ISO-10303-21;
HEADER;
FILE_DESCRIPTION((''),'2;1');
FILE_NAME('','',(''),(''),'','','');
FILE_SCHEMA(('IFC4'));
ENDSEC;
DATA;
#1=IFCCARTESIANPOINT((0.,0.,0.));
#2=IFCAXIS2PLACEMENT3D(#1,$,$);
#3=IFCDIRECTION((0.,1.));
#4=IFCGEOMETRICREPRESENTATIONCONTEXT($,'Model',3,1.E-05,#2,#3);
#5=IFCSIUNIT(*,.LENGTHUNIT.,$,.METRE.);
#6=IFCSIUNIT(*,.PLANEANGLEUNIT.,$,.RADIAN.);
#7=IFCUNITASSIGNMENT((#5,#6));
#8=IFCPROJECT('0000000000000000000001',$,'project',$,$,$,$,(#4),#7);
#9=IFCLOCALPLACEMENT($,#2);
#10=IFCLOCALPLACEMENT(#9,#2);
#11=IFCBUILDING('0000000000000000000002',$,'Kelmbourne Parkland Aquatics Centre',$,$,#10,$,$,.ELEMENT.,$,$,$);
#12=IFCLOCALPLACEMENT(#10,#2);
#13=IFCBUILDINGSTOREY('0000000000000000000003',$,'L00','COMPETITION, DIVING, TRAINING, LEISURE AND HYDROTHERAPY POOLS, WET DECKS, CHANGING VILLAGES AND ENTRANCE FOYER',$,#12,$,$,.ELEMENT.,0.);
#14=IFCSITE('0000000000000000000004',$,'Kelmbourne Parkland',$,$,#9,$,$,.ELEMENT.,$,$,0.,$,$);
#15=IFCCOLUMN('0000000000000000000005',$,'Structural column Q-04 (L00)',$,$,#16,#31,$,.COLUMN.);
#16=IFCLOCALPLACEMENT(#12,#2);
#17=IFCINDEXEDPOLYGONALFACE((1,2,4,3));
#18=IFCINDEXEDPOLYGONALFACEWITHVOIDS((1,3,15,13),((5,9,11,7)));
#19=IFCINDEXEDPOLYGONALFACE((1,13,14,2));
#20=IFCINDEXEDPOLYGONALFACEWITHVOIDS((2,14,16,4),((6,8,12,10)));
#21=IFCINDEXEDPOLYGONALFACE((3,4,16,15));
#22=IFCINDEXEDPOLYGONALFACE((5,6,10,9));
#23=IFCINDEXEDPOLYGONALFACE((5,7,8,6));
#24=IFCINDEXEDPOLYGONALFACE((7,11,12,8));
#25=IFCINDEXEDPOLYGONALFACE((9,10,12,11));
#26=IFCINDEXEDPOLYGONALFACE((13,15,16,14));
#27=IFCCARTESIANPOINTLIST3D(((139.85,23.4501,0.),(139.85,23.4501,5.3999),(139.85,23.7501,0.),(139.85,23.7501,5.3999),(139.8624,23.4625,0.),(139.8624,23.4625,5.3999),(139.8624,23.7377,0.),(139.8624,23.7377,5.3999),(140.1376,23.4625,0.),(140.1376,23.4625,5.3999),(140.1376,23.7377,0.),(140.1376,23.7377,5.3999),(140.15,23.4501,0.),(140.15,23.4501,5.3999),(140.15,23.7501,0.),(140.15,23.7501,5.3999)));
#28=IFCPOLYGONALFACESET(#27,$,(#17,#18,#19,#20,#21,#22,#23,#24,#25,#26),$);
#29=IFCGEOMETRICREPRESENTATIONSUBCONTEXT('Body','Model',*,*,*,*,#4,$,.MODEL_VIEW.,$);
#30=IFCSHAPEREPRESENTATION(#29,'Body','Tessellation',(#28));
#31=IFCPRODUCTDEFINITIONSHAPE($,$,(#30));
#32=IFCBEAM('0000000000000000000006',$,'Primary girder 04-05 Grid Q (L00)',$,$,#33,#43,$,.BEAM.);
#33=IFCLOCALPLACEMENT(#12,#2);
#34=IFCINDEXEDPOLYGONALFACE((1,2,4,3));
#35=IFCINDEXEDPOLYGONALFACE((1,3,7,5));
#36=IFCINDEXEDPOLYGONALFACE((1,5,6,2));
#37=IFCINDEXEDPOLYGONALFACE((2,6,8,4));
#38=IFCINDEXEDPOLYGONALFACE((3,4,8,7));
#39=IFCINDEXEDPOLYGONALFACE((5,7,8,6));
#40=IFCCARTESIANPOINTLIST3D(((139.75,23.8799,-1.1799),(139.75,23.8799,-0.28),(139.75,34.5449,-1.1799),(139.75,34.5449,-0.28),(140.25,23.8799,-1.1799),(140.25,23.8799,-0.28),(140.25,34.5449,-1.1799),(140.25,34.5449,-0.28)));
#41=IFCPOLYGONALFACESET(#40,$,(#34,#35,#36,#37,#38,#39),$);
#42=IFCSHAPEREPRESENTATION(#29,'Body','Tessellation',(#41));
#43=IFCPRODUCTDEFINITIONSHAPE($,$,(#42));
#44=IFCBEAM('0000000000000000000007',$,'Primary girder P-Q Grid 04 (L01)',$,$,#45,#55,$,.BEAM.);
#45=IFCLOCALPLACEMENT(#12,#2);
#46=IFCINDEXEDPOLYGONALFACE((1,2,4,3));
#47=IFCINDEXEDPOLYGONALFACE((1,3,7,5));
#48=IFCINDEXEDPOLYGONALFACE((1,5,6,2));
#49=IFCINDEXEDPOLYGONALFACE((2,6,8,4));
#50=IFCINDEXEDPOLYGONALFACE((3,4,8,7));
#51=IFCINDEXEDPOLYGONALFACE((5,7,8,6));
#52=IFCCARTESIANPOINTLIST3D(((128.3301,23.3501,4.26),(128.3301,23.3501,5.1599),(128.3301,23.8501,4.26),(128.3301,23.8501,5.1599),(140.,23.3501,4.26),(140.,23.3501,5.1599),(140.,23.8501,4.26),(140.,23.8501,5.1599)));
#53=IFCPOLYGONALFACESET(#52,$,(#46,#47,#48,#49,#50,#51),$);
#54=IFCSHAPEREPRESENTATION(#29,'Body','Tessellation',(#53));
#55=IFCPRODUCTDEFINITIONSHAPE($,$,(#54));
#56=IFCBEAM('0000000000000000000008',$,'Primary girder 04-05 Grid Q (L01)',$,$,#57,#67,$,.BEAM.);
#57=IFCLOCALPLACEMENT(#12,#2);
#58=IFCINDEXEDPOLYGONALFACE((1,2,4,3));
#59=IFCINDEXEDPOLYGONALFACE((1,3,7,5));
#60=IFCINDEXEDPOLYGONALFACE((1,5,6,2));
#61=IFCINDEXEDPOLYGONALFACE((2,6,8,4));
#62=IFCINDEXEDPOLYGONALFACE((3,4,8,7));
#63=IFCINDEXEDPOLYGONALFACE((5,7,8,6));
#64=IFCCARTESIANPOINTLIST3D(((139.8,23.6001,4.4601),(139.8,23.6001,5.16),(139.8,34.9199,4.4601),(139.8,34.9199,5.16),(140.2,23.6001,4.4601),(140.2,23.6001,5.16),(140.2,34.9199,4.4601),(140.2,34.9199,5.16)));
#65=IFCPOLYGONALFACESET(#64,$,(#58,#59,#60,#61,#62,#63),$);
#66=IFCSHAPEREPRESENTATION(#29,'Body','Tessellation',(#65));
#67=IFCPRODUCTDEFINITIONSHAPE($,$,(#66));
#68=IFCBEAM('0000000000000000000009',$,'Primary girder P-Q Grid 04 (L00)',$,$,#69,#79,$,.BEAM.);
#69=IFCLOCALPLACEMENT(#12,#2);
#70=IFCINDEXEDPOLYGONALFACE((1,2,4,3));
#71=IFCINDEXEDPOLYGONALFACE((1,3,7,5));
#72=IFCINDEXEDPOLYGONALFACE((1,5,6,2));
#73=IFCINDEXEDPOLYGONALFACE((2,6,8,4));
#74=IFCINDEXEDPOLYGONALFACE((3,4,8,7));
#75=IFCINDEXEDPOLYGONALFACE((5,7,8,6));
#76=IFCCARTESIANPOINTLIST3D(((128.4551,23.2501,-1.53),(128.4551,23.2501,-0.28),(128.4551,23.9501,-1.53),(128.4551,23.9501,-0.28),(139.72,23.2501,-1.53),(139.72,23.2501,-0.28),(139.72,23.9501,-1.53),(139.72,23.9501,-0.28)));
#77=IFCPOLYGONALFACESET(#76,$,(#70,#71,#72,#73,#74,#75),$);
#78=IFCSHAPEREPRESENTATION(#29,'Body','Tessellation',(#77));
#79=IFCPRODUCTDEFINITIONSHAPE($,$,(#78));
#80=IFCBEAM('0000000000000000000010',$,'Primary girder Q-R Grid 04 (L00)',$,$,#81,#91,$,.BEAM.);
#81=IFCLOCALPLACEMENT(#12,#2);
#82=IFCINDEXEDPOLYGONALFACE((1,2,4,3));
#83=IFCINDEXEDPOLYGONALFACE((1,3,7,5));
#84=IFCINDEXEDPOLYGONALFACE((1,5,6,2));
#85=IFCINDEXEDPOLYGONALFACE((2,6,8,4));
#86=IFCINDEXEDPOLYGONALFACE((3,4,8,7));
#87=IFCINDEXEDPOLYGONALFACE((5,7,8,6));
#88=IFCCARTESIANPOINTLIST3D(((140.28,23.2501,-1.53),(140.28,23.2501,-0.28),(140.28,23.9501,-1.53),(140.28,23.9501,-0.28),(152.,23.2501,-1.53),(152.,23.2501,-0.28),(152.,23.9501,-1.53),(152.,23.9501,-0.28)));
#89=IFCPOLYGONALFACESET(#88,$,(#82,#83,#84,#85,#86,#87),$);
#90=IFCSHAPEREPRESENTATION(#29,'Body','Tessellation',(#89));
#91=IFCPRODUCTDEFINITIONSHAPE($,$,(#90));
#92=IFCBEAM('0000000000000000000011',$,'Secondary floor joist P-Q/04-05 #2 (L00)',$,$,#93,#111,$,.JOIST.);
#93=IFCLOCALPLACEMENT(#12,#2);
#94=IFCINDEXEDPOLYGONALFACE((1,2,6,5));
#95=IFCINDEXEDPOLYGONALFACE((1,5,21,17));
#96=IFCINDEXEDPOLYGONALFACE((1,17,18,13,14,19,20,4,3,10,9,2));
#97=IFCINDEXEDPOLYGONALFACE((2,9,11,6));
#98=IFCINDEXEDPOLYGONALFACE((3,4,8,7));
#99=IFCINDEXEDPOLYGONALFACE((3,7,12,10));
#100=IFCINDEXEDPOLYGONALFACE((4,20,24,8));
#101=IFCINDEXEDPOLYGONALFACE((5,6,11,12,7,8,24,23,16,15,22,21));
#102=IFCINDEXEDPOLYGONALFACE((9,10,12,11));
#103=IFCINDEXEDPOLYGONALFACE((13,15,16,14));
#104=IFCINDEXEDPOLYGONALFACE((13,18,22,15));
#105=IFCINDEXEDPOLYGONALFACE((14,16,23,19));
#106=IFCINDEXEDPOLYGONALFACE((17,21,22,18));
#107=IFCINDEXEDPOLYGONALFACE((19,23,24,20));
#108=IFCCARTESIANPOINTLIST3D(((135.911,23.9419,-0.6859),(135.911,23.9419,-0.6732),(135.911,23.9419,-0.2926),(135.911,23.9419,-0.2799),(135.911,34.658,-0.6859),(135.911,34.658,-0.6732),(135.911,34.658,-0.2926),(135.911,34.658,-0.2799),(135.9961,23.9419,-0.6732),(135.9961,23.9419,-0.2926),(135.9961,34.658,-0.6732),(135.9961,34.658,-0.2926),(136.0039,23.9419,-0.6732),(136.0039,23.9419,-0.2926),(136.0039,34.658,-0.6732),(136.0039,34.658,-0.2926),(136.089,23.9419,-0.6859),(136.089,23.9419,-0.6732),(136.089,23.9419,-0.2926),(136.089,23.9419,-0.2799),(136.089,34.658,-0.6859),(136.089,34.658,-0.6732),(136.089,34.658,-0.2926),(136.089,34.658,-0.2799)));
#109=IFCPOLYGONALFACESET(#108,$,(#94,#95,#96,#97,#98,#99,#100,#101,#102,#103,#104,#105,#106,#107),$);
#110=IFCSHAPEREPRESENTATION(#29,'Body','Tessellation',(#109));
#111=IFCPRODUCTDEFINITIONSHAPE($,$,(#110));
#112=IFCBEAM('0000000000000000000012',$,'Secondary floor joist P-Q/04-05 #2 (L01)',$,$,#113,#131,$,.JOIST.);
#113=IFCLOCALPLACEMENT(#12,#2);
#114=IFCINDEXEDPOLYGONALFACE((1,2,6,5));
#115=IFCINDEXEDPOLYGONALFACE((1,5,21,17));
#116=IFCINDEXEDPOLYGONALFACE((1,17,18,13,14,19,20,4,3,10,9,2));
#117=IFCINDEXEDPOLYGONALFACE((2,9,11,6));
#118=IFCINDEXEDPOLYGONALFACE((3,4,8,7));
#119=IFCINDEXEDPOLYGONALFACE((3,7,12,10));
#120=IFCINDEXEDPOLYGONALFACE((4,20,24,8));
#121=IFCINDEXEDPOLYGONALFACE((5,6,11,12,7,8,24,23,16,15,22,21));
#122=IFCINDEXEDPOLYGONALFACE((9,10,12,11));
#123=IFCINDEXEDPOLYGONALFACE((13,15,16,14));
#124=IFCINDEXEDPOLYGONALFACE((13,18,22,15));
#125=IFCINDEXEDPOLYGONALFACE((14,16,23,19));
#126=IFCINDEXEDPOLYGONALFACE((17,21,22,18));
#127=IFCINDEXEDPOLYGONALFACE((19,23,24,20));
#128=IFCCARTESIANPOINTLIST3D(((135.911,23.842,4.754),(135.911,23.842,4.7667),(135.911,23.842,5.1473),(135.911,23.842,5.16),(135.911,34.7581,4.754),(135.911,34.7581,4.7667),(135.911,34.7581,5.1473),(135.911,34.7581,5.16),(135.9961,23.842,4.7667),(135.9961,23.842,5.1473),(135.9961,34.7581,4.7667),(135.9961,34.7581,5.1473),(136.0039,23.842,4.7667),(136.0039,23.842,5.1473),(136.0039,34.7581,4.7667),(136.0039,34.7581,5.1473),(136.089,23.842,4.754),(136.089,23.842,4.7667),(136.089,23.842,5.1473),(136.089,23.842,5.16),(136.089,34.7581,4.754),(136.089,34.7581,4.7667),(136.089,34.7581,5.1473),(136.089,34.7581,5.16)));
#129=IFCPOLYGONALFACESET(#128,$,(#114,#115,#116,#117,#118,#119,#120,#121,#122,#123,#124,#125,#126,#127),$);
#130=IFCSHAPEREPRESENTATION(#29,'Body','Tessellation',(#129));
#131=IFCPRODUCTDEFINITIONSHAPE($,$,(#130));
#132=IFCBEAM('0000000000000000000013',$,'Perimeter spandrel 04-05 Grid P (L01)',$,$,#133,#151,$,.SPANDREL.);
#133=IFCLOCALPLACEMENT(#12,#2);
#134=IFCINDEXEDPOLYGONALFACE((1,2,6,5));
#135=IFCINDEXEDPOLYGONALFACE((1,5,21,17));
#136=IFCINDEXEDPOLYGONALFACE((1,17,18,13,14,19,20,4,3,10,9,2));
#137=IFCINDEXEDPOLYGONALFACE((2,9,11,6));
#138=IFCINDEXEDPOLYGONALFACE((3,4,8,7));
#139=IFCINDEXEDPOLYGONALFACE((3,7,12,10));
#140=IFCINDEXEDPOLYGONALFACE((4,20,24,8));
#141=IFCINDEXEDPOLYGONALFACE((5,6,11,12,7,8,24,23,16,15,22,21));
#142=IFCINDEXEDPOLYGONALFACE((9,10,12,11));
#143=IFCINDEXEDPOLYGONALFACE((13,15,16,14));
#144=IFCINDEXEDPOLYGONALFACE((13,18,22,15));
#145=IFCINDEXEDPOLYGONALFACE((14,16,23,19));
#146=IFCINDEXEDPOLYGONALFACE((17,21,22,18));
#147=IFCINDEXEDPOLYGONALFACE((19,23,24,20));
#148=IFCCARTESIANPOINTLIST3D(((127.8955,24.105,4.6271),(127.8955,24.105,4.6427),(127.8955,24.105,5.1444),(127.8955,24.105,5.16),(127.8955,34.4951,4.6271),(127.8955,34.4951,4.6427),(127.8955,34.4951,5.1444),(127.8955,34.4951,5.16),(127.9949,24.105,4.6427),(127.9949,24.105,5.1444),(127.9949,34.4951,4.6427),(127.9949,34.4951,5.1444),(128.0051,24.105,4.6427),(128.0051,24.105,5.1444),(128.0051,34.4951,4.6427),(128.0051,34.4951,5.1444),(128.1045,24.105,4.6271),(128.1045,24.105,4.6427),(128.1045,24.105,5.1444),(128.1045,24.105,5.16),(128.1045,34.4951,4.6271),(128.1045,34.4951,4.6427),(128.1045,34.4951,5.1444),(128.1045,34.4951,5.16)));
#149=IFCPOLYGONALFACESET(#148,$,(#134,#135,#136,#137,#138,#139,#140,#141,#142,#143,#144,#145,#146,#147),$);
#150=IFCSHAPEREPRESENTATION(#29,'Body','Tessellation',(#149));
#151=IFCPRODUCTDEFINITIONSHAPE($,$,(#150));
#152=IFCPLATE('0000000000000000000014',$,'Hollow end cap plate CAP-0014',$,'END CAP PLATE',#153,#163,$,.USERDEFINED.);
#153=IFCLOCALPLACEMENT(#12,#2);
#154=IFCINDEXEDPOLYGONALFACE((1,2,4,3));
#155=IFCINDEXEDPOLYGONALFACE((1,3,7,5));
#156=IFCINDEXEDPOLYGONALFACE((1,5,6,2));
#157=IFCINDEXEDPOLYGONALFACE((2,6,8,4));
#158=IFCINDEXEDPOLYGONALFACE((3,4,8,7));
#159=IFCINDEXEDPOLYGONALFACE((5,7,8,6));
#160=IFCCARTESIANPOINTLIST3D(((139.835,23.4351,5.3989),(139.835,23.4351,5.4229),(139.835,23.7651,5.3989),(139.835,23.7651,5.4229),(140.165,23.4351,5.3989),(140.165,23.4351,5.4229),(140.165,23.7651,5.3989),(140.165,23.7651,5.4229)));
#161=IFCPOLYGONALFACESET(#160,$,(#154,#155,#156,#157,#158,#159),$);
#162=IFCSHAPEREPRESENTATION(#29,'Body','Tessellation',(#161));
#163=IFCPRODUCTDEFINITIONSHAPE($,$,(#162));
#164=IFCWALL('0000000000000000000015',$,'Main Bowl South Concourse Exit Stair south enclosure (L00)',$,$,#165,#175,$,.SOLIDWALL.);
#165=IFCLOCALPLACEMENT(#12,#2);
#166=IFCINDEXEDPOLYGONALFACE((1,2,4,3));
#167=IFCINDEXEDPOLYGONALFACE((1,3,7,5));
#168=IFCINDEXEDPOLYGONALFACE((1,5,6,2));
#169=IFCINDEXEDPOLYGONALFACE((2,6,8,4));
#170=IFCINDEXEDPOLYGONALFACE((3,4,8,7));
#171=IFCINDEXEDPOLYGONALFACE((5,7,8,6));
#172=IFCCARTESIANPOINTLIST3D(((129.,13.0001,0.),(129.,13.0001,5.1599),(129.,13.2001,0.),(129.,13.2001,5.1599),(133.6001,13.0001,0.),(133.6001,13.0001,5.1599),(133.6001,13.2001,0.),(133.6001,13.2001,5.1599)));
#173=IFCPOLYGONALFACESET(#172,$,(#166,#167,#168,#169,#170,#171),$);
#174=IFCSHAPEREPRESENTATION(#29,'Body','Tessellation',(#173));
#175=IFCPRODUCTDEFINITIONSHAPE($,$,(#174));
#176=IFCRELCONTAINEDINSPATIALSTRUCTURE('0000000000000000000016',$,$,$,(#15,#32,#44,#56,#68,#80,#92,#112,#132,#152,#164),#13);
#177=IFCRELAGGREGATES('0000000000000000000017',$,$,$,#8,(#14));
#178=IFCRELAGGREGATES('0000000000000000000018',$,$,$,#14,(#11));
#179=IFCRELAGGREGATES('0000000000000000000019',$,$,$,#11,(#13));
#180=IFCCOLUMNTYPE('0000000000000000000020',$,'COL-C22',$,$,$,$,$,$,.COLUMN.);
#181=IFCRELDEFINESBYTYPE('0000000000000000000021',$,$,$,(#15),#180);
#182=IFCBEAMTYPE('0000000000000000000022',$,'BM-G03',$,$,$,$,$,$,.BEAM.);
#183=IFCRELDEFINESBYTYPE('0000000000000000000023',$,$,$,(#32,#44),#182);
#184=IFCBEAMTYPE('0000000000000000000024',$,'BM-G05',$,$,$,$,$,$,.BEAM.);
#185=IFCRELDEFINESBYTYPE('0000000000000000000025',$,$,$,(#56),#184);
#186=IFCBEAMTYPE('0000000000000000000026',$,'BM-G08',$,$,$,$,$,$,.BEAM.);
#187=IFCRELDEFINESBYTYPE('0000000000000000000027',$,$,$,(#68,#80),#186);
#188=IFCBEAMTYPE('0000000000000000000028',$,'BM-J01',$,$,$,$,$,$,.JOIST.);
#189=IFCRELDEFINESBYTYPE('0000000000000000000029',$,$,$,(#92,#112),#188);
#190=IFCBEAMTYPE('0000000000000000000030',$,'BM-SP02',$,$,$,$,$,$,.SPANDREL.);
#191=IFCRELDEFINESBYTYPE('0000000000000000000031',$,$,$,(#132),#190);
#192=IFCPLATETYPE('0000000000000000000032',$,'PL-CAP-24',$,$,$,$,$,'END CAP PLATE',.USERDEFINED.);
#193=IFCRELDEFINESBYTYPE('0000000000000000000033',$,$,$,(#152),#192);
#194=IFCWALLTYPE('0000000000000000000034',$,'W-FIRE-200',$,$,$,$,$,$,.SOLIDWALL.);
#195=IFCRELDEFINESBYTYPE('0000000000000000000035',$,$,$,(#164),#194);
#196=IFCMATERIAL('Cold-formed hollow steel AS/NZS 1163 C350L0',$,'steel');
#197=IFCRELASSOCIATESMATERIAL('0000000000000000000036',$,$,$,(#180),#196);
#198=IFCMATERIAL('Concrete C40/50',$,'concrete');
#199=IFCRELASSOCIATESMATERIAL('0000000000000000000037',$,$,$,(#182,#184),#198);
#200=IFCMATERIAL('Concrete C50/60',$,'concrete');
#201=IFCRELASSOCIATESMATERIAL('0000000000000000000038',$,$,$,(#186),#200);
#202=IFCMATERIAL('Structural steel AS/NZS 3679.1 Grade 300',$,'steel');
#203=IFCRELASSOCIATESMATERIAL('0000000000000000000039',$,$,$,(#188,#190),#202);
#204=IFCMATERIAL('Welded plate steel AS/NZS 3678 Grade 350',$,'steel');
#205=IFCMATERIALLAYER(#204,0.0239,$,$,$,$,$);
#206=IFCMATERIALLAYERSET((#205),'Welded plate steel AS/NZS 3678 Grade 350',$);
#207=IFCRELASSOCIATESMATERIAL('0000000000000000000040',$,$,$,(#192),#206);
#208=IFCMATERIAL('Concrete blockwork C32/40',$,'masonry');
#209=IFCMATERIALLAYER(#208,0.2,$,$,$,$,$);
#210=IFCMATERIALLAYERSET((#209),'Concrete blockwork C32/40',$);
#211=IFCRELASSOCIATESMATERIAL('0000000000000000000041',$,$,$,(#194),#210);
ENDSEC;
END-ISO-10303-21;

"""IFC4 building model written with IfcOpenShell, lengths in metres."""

from ifc_helpers import new_model, si_unit, direction, frame, frame_2d, origin, origin_2d, place, context, subcontext, project, spatial, rectangle, hollow_rectangle, i_section, extrude, material, layer, layer_set, material_profile, profile_set, type_object, element, save


model = new_model("IFC4")

# Units and contexts
model_context = context("Model", 3, precision=1e-05, world=origin(), true_north=direction((0.0, 1.0)))
body_context = subcontext(model_context, "Body", "Model", "MODEL_VIEW")
ifc_project = project(units=[si_unit("LENGTHUNIT", "METRE"), si_unit("PLANEANGLEUNIT", "RADIAN")], contexts=[model_context])

# Site, building, storey
site_placement = place(None, origin())
site = spatial("IfcSite", under=ifc_project, at=site_placement, Name="Kelmbourne Parkland", CompositionType="ELEMENT", RefElevation=0.0)
building_placement = place(site_placement, origin())
building = spatial("IfcBuilding", under=site, at=building_placement, Name="Kelmbourne Parkland Aquatics Centre", CompositionType="ELEMENT")
storey_placement = place(building_placement, origin())
storey = spatial("IfcBuildingStorey", under=building, at=storey_placement, Name="L00", Description="COMPETITION, DIVING, TRAINING, LEISURE AND HYDROTHERAPY POOLS, WET DECKS, CHANGING VILLAGES AND ENTRANCE FOYER", CompositionType="ELEMENT", Elevation=0.0)

# Column
ifc_material_1 = material(Name="Cold-formed hollow steel AS/NZS 1163 C350L0", Category="steel")
ifc_material_profile_1 = material_profile(ifc_material_1, hollow_rectangle(XDim=0.3, YDim=0.3, WallThickness=0.0125, at=origin_2d()), Name="SHS 300x300x12.5")
ifc_profile_set_1 = profile_set([ifc_material_profile_1], Name="Cold-formed hollow steel AS/NZS 1163 C350L0")
column_type = type_object("IfcColumnType", Name="COL-C22", PredefinedType="COLUMN", material=ifc_profile_set_1)
column_placement = place(storey_placement, frame((140.0, 23.6001, 0.0), z_axis=(0.0, 0.0, 1.0), x_axis=(1.0, 0.0, 0.0)))
element("IfcColumn", 1, at=column_placement, inside=storey, type_object=column_type, Name="Structural column Q-04 (L00)", PredefinedType="COLUMN", context=body_context, shape_type="SweptSolid", body=[
    extrude(hollow_rectangle(XDim=0.3, YDim=0.3, WallThickness=0.0125, at=origin_2d()), origin(), (0.0, 0.0, 1.0), 5.3999),
])

# Beams
ifc_material_2 = material(Name="Concrete C40/50", Category="concrete")
ifc_material_profile_2 = material_profile(ifc_material_2, rectangle(XDim=0.5, YDim=0.8999, at=origin_2d()), Name="RC 500x900")
ifc_profile_set_2 = profile_set([ifc_material_profile_2], Name="Concrete C40/50")
beam_type_1 = type_object("IfcBeamType", Name="BM-G03", PredefinedType="BEAM", material=ifc_profile_set_2)
beam_1_placement = place(storey_placement, frame((140.0, 23.8799, -0.73), z_axis=(0.0, 1.0, 0.0), x_axis=(-1.0, 0.0, 0.0)))
element("IfcBeam", 2, at=beam_1_placement, inside=storey, type_object=beam_type_1, Name="Primary girder 04-05 Grid Q (L00)", PredefinedType="BEAM", context=body_context, shape_type="SweptSolid", body=[
    extrude(rectangle(XDim=0.5, YDim=0.8999, at=origin_2d()), origin(), (0.0, 0.0, 1.0), 10.665),
])
beam_2_placement = place(storey_placement, frame((128.3301, 23.6001, 4.71), z_axis=(1.0, 0.0, 0.0), x_axis=(0.0, 1.0, 0.0)))
element("IfcBeam", 3, at=beam_2_placement, inside=storey, type_object=beam_type_1, Name="Primary girder P-Q Grid 04 (L01)", PredefinedType="BEAM", context=body_context, shape_type="SweptSolid", body=[
    extrude(rectangle(XDim=0.5, YDim=0.8999, at=origin_2d()), origin(), (0.0, 0.0, 1.0), 11.6699),
])
ifc_material_profile_3 = material_profile(ifc_material_2, rectangle(XDim=0.3999, YDim=0.7, at=origin_2d()), Name="RC 400x700")
ifc_profile_set_3 = profile_set([ifc_material_profile_3], Name="Concrete C40/50")
beam_type_2 = type_object("IfcBeamType", Name="BM-G05", PredefinedType="BEAM", material=ifc_profile_set_3)
beam_3_placement = place(storey_placement, frame((140.0, 23.6001, 4.8101), z_axis=(0.0, 1.0, 0.0), x_axis=(-1.0, 0.0, 0.0)))
element("IfcBeam", 4, at=beam_3_placement, inside=storey, type_object=beam_type_2, Name="Primary girder 04-05 Grid Q (L01)", PredefinedType="BEAM", context=body_context, shape_type="SweptSolid", body=[
    extrude(rectangle(XDim=0.3999, YDim=0.7, at=origin_2d()), origin(), (0.0, 0.0, 1.0), 11.3198),
])
ifc_material_3 = material(Name="Concrete C50/60", Category="concrete")
ifc_material_profile_4 = material_profile(ifc_material_3, rectangle(XDim=0.7, YDim=1.25, at=origin_2d()), Name="RC 700x1250")
ifc_profile_set_4 = profile_set([ifc_material_profile_4], Name="Concrete C50/60")
beam_type_3 = type_object("IfcBeamType", Name="BM-G08", PredefinedType="BEAM", material=ifc_profile_set_4)
beam_4_placement = place(storey_placement, frame((128.4551, 23.6001, -0.905), z_axis=(1.0, 0.0, 0.0), x_axis=(0.0, 1.0, 0.0)))
element("IfcBeam", 5, at=beam_4_placement, inside=storey, type_object=beam_type_3, Name="Primary girder P-Q Grid 04 (L00)", PredefinedType="BEAM", context=body_context, shape_type="SweptSolid", body=[
    extrude(rectangle(XDim=0.7, YDim=1.25, at=origin_2d()), origin(), (0.0, 0.0, 1.0), 11.2649),
])
beam_5_placement = place(storey_placement, frame((140.28, 23.6001, -0.905), z_axis=(1.0, 0.0, 0.0), x_axis=(0.0, 1.0, 0.0)))
element("IfcBeam", 6, at=beam_5_placement, inside=storey, type_object=beam_type_3, Name="Primary girder Q-R Grid 04 (L00)", PredefinedType="BEAM", context=body_context, shape_type="SweptSolid", body=[
    extrude(rectangle(XDim=0.7, YDim=1.25, at=origin_2d()), origin(), (0.0, 0.0, 1.0), 11.72),
])
ifc_material_4 = material(Name="Structural steel AS/NZS 3679.1 Grade 300", Category="steel")
ifc_material_profile_5 = material_profile(ifc_material_4, i_section(OverallWidth=0.178, OverallDepth=0.406, WebThickness=0.0078, FlangeThickness=0.0127, at=origin_2d()), Name="410UB59.7")
ifc_profile_set_5 = profile_set([ifc_material_profile_5], Name="Structural steel AS/NZS 3679.1 Grade 300")
beam_type_4 = type_object("IfcBeamType", Name="BM-J01", PredefinedType="JOIST", material=ifc_profile_set_5)
beam_6_placement = place(storey_placement, frame((136.0, 23.9419, -0.4829), z_axis=(0.0, 1.0, 0.0), x_axis=(-1.0, 0.0, 0.0)))
element("IfcBeam", 7, at=beam_6_placement, inside=storey, type_object=beam_type_4, Name="Secondary floor joist P-Q/04-05 #2 (L00)", PredefinedType="JOIST", context=body_context, shape_type="SweptSolid", body=[
    extrude(i_section(OverallWidth=0.178, OverallDepth=0.406, WebThickness=0.0078, FlangeThickness=0.0127, at=origin_2d()), origin(), (0.0, 0.0, 1.0), 10.7161),
])
beam_7_placement = place(storey_placement, frame((136.0, 23.842, 4.957), z_axis=(0.0, 1.0, 0.0), x_axis=(-1.0, 0.0, 0.0)))
element("IfcBeam", 8, at=beam_7_placement, inside=storey, type_object=beam_type_4, Name="Secondary floor joist P-Q/04-05 #2 (L01)", PredefinedType="JOIST", context=body_context, shape_type="SweptSolid", body=[
    extrude(i_section(OverallWidth=0.178, OverallDepth=0.406, WebThickness=0.0078, FlangeThickness=0.0127, at=origin_2d()), origin(), (0.0, 0.0, 1.0), 10.916),
])
ifc_material_profile_6 = material_profile(ifc_material_4, i_section(OverallWidth=0.209, OverallDepth=0.533, WebThickness=0.0103, FlangeThickness=0.0156, at=origin_2d()), Name="530UB92.4")
ifc_profile_set_6 = profile_set([ifc_material_profile_6], Name="Structural steel AS/NZS 3679.1 Grade 300")
beam_type_5 = type_object("IfcBeamType", Name="BM-SP02", PredefinedType="SPANDREL", material=ifc_profile_set_6)
beam_8_placement = place(storey_placement, frame((128.0, 24.105, 4.8936), z_axis=(0.0, 1.0, 0.0), x_axis=(-1.0, 0.0, 0.0)))
element("IfcBeam", 9, at=beam_8_placement, inside=storey, type_object=beam_type_5, Name="Perimeter spandrel 04-05 Grid P (L01)", PredefinedType="SPANDREL", context=body_context, shape_type="SweptSolid", body=[
    extrude(i_section(OverallWidth=0.209, OverallDepth=0.533, WebThickness=0.0103, FlangeThickness=0.0156, at=origin_2d()), origin(), (0.0, 0.0, 1.0), 10.3901),
])

# Plate
ifc_material_5 = material(Name="Welded plate steel AS/NZS 3678 Grade 350", Category="steel")
ifc_layer_1 = layer(ifc_material_5, 0.0239)
ifc_layer_set_1 = layer_set([ifc_layer_1], Name="Welded plate steel AS/NZS 3678 Grade 350")
plate_type = type_object("IfcPlateType", Name="PL-CAP-24", ElementType="END CAP PLATE", PredefinedType="USERDEFINED", material=ifc_layer_set_1)
plate_placement = place(storey_placement, frame((140.0, 23.6001, 5.3989), z_axis=(0.0, 0.0, 1.0), x_axis=(1.0, 0.0, 0.0)))
element("IfcPlate", 10, at=plate_placement, inside=storey, type_object=plate_type, Name="Hollow end cap plate CAP-0014", ObjectType="END CAP PLATE", PredefinedType="USERDEFINED", context=body_context, shape_type="SweptSolid", body=[
    extrude(rectangle(XDim=0.3301, YDim=0.3301, at=origin_2d()), origin(), (0.0, 0.0, 1.0), 0.0239),
])

# Wall
ifc_material_6 = material(Name="Concrete blockwork C32/40", Category="masonry")
ifc_layer_2 = layer(ifc_material_6, 0.2)
ifc_layer_set_2 = layer_set([ifc_layer_2], Name="Concrete blockwork C32/40")
wall_type = type_object("IfcWallType", Name="W-FIRE-200", PredefinedType="SOLIDWALL", material=ifc_layer_set_2)
for number, where, z_axis, x_axis, name in (
    (11, (129.0, 13.1001, 0.0), (0.0, 0.0, 1.0), (1.0, 0.0, 0.0), "Main Bowl South Concourse Exit Stair south enclosure (L00)"),
):
    element("IfcWall", number, at=place(storey_placement, frame(where, z_axis=z_axis, x_axis=x_axis)), inside=storey, type_object=wall_type, Name=name, PredefinedType="SOLIDWALL", context=body_context, shape_type="SweptSolid", body=[
        extrude(rectangle(XDim=4.6001, YDim=0.2, at=frame_2d((2.3, 0.0))), origin(), (0.0, 0.0, 1.0), 5.1599),
    ])

save(model, "model.ifc")
